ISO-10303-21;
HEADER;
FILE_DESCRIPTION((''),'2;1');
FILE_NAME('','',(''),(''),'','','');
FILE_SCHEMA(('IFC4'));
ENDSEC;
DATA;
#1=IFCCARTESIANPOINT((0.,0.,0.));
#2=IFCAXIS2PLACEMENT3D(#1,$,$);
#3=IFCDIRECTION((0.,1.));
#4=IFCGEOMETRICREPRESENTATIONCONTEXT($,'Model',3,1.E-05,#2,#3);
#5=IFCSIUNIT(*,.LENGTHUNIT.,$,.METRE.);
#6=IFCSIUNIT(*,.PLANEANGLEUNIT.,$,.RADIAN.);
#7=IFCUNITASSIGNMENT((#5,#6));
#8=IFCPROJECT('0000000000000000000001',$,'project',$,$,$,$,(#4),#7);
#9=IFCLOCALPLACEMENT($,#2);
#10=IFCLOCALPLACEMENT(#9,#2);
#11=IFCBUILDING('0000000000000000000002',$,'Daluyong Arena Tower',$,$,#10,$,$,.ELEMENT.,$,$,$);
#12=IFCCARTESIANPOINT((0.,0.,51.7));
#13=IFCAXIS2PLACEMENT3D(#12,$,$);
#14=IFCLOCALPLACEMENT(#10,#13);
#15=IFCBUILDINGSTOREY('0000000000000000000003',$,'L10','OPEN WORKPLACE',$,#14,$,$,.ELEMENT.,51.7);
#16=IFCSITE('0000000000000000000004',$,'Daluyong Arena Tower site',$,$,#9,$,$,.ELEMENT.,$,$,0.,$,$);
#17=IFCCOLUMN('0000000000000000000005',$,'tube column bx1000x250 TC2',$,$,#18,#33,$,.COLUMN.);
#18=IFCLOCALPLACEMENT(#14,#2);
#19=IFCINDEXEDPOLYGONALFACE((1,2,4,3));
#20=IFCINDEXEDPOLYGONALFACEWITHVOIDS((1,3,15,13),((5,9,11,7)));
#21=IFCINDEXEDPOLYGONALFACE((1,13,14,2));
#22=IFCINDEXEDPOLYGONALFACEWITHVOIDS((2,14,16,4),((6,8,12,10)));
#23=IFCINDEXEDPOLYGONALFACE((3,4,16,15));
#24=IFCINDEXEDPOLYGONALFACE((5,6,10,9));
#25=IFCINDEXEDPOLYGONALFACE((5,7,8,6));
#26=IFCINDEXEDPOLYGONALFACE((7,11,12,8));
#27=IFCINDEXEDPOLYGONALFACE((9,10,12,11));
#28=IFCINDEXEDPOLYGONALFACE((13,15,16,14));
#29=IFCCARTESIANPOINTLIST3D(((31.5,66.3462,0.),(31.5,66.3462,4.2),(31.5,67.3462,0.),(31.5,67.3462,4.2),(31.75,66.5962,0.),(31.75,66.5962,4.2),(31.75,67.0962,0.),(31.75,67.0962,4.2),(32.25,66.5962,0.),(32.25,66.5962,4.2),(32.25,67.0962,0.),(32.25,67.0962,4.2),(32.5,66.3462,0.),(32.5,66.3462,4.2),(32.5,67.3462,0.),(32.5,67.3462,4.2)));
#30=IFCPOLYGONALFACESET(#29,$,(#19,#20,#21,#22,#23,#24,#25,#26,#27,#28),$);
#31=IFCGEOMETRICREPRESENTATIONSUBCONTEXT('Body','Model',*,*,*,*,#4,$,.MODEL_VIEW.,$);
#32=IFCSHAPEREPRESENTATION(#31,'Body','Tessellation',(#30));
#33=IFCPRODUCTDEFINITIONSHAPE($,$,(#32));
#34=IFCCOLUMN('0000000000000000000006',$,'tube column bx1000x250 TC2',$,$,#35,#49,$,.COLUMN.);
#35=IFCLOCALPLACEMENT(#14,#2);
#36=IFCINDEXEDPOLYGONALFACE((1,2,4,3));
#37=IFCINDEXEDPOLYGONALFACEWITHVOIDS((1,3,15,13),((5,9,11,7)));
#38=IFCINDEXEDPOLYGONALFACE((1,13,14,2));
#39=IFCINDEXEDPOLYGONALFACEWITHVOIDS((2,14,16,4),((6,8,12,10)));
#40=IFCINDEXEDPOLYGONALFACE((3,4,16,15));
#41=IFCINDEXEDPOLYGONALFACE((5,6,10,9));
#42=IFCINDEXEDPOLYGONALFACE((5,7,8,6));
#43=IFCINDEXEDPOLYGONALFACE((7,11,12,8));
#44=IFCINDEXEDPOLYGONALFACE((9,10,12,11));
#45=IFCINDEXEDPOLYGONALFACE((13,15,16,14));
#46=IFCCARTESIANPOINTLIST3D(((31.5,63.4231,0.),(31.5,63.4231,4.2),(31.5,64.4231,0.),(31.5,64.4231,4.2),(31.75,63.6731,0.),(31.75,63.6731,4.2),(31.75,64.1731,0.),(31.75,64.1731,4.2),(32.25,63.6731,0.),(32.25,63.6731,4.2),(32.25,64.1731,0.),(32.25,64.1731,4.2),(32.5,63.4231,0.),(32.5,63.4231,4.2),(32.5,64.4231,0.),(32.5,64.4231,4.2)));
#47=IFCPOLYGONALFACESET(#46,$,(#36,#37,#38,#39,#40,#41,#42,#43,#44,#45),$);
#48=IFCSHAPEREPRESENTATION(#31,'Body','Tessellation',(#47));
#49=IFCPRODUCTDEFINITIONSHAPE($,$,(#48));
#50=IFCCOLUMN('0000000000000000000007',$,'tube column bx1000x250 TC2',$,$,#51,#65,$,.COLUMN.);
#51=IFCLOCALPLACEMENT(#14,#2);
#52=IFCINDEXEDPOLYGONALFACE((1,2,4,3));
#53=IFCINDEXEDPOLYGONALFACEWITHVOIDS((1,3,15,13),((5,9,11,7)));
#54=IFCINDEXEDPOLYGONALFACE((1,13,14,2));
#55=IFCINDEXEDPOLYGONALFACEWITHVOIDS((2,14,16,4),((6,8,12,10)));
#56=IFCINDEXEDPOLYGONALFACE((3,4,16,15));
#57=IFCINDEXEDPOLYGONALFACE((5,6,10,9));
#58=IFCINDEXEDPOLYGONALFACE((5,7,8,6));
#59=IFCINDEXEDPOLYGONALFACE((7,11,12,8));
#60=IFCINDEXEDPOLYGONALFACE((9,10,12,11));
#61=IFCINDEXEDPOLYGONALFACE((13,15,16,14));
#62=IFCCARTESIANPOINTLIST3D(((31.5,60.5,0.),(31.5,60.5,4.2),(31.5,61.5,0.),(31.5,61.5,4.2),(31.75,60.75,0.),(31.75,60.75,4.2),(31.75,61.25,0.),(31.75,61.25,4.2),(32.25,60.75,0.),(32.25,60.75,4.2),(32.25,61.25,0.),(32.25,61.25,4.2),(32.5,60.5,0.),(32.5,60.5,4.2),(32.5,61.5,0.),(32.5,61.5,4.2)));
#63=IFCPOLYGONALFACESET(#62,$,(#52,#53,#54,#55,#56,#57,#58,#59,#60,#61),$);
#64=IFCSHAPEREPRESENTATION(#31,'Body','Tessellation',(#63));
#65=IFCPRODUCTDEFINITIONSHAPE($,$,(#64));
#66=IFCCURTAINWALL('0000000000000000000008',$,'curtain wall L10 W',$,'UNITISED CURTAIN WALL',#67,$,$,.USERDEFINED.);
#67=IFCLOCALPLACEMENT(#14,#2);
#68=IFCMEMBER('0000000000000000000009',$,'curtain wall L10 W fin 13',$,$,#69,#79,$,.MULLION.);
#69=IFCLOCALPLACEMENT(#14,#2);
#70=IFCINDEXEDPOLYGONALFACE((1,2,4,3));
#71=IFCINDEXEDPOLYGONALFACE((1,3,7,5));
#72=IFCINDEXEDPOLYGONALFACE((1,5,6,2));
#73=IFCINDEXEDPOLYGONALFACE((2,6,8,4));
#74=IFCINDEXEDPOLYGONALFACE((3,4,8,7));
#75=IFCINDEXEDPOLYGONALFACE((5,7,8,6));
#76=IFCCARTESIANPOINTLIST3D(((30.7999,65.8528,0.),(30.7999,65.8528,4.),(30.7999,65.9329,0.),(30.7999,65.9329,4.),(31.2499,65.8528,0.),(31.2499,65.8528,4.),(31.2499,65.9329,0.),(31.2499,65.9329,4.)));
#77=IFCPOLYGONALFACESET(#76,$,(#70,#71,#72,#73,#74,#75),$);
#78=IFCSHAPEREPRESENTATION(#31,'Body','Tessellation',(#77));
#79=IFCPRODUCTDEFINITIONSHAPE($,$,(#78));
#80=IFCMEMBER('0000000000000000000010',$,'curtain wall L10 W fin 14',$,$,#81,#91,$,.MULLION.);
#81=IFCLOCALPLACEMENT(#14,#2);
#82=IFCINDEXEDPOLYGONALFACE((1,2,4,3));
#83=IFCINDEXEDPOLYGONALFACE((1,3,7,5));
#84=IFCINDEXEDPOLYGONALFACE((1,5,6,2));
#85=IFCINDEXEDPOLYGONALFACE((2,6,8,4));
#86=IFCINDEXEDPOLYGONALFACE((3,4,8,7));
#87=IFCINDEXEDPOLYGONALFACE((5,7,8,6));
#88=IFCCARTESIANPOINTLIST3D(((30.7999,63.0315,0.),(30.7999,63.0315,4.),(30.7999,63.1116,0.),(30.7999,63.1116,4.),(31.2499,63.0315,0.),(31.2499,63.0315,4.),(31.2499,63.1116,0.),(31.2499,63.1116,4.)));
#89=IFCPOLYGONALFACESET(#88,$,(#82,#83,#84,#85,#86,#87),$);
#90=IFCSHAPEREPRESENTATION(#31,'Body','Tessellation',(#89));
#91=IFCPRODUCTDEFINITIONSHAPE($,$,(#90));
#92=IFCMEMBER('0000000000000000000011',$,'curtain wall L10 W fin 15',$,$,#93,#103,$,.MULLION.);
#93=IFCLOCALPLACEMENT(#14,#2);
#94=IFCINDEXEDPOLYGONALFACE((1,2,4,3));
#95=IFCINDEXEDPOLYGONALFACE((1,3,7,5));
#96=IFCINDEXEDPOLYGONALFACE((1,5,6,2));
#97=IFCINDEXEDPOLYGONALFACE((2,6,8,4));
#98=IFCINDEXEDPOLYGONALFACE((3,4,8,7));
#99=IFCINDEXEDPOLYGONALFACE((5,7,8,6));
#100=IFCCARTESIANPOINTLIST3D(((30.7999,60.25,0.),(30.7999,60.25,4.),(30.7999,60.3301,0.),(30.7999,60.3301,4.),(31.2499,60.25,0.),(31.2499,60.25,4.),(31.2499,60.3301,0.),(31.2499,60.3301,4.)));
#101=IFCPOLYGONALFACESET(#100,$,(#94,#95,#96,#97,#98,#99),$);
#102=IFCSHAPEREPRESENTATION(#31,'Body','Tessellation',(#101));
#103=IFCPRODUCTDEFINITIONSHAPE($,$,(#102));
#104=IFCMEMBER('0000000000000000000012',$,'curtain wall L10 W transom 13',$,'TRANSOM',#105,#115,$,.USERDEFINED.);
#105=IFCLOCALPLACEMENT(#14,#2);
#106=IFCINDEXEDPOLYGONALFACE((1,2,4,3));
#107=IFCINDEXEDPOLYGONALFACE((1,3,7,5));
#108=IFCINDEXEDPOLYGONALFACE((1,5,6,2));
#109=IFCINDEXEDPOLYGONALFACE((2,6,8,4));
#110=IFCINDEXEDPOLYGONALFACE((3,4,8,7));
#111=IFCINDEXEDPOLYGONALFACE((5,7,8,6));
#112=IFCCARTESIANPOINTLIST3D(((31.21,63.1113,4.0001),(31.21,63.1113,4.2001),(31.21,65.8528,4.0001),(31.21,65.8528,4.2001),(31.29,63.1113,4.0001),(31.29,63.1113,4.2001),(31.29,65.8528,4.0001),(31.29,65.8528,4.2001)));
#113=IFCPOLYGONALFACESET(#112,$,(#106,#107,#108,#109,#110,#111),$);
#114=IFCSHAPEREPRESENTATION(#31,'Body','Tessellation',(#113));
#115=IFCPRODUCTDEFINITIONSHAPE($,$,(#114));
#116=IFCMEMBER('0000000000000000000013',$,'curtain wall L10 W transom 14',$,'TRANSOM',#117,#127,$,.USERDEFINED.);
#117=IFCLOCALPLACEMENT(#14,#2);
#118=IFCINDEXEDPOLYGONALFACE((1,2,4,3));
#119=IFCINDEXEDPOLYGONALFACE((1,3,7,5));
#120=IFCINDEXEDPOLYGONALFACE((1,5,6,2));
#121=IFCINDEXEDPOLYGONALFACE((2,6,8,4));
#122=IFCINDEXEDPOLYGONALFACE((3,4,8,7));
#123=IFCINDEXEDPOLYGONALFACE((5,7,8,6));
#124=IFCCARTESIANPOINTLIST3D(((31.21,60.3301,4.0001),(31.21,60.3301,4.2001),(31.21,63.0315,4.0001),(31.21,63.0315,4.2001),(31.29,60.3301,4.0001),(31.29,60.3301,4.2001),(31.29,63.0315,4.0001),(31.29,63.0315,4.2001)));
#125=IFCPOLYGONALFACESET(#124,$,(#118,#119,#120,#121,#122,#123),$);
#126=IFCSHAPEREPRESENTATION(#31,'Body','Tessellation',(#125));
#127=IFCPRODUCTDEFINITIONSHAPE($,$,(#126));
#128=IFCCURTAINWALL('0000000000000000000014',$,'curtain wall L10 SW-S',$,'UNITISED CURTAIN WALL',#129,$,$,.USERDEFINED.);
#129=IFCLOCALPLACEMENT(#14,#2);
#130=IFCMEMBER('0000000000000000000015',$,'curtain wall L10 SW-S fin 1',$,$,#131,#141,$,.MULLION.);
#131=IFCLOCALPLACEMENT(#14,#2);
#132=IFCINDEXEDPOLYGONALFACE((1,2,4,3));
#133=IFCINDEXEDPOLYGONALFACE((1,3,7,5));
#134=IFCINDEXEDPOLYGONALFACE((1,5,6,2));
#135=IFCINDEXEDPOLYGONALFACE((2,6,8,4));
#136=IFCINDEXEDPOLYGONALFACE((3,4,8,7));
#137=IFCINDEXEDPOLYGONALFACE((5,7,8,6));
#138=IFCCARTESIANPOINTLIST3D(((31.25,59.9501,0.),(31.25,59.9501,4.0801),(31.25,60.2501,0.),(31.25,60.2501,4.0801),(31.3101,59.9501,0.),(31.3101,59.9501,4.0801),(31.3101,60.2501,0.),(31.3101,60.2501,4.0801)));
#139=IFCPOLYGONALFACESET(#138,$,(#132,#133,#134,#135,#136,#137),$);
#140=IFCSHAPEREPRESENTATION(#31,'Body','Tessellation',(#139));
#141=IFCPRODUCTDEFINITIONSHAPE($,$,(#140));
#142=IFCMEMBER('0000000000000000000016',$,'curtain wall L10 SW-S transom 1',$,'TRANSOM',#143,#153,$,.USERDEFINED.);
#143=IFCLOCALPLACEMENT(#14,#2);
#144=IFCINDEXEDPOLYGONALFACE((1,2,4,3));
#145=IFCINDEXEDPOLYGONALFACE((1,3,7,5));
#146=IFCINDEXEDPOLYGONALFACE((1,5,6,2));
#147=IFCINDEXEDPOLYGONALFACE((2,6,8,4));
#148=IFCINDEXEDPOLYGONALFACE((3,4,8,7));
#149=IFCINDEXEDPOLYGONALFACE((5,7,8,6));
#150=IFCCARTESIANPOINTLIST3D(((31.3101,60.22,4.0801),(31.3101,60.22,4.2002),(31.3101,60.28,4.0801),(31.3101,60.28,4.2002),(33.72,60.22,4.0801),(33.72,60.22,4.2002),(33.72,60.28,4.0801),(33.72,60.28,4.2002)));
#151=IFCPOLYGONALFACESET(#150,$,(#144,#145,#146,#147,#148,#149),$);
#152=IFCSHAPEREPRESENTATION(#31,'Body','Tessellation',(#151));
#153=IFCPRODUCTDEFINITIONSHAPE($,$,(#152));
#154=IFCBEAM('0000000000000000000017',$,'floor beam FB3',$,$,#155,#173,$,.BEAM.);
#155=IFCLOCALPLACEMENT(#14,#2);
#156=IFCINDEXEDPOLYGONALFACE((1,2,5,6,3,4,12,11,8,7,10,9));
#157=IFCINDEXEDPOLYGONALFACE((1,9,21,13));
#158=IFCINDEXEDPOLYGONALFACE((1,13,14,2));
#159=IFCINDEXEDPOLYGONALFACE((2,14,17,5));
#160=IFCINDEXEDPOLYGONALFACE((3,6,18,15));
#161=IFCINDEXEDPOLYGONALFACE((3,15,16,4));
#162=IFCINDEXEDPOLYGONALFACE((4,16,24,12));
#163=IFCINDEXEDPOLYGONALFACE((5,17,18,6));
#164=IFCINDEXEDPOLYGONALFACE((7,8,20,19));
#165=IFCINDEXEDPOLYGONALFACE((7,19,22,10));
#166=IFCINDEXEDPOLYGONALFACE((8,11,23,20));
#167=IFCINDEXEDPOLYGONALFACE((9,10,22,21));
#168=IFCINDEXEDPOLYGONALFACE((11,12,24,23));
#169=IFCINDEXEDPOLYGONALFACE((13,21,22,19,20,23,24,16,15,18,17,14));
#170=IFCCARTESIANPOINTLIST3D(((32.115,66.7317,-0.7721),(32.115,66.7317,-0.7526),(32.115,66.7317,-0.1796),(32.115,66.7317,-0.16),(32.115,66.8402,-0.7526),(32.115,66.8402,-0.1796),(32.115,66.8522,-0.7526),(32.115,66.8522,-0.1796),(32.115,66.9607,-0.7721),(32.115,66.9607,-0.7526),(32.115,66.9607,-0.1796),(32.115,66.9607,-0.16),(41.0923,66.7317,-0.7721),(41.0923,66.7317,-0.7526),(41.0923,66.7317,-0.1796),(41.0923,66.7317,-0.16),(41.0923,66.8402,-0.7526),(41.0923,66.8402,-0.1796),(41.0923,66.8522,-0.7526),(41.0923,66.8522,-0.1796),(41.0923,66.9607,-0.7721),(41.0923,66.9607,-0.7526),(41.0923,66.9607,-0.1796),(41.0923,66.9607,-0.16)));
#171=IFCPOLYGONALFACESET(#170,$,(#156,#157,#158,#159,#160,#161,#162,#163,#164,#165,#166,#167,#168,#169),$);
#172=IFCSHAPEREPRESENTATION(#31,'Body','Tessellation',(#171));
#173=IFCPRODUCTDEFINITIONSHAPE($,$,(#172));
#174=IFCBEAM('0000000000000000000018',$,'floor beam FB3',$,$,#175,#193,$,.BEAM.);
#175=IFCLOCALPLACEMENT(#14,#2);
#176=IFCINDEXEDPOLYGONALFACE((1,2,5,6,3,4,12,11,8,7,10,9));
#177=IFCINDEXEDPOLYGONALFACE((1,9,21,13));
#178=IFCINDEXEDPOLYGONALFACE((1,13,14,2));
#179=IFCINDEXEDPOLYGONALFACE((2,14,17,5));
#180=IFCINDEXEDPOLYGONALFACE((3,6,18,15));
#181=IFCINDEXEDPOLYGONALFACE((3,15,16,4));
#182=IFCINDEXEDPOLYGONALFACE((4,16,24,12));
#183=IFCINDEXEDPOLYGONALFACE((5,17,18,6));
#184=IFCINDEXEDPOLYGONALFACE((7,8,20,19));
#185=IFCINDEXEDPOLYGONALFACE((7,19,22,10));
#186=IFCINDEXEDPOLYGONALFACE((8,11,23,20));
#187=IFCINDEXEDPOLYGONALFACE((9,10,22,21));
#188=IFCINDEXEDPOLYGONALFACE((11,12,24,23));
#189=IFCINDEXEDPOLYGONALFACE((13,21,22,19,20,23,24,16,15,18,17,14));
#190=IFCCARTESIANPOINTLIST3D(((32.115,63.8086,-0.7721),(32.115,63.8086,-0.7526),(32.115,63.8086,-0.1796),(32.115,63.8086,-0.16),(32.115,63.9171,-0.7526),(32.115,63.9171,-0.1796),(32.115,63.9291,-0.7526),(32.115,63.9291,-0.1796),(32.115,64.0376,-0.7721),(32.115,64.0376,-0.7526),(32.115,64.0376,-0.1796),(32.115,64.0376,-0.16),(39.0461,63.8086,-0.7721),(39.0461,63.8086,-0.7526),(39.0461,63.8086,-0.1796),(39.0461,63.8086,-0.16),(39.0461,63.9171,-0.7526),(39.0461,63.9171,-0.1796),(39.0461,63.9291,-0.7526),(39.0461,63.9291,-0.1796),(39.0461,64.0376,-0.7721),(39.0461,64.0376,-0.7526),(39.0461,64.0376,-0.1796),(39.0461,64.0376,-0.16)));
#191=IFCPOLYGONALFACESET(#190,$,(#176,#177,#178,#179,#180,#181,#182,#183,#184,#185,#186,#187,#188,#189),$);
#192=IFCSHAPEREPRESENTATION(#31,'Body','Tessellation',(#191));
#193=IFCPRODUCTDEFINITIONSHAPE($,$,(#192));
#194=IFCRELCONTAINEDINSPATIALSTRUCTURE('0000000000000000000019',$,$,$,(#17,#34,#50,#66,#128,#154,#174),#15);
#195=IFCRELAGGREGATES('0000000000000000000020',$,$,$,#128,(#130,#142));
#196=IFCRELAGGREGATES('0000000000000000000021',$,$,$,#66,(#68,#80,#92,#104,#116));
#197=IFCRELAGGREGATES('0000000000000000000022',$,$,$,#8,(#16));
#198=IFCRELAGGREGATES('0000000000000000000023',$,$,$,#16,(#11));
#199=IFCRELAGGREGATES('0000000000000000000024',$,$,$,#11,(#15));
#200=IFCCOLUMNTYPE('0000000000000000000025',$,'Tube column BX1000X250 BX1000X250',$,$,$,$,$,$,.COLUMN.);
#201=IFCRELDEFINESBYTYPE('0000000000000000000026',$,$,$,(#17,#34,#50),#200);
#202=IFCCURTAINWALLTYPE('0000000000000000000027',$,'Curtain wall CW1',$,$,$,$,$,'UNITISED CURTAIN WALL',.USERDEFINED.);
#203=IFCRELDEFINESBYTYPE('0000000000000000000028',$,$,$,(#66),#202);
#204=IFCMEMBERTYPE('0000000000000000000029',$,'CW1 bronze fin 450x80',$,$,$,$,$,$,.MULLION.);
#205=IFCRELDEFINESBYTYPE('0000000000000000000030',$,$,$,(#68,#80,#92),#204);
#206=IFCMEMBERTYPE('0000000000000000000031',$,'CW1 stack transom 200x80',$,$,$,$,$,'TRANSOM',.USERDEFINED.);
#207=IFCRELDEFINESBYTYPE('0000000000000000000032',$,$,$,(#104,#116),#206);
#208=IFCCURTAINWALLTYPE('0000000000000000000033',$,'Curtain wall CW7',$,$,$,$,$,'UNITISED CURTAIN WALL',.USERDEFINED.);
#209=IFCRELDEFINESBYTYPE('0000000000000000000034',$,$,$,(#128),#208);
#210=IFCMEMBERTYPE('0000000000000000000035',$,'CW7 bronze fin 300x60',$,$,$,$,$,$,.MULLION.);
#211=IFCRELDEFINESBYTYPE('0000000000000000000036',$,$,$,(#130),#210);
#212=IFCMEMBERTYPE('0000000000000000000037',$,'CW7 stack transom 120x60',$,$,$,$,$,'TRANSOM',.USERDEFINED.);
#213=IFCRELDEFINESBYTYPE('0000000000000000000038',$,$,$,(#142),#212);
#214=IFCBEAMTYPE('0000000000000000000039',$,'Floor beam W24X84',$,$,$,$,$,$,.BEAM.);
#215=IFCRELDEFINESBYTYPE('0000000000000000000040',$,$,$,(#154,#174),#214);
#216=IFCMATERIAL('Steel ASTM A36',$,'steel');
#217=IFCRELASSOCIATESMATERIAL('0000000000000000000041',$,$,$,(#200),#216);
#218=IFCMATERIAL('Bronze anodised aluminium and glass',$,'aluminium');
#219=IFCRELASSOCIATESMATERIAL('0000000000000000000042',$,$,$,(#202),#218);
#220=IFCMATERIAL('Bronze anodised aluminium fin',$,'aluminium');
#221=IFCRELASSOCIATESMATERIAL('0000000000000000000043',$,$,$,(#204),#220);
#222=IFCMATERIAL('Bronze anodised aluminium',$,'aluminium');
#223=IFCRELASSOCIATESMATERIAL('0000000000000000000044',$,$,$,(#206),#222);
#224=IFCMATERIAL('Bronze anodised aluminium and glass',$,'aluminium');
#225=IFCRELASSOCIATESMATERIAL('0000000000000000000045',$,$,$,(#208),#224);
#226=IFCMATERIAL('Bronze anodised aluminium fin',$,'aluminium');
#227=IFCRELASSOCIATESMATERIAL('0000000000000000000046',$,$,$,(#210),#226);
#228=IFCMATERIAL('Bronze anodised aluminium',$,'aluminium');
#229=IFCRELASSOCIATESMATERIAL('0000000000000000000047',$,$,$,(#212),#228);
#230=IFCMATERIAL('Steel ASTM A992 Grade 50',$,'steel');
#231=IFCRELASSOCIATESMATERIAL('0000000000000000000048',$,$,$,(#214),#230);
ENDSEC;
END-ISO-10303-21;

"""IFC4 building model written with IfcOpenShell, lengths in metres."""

from ifc_helpers import new_model, si_unit, direction, frame, origin, origin_2d, place, context, subcontext, project, spatial, rectangle, hollow_rectangle, i_section, extrude, material, material_profile, profile_set, type_object, element, aggregate, save


model = new_model("IFC4")

# Units and contexts
model_context = context("Model", 3, precision=1e-05, world=origin(), true_north=direction((0.0, 1.0)))
body_context = subcontext(model_context, "Body", "Model", "MODEL_VIEW")
ifc_project = project(units=[si_unit("LENGTHUNIT", "METRE"), si_unit("PLANEANGLEUNIT", "RADIAN")], contexts=[model_context])

# Site, building, storey
site_placement = place(None, origin())
site = spatial("IfcSite", under=ifc_project, at=site_placement, Name="Daluyong Arena Tower site", CompositionType="ELEMENT", RefElevation=0.0)
building_placement = place(site_placement, origin())
building = spatial("IfcBuilding", under=site, at=building_placement, Name="Daluyong Arena Tower", CompositionType="ELEMENT")
storey_placement = place(building_placement, frame((0.0, 0.0, 51.7)))
storey = spatial("IfcBuildingStorey", under=building, at=storey_placement, Name="L10", Description="OPEN WORKPLACE", CompositionType="ELEMENT", Elevation=51.7)

# Columns
ifc_material_1 = material(Name="Steel ASTM A36", Category="steel")
ifc_material_profile_1 = material_profile(ifc_material_1, hollow_rectangle(XDim=1.0, YDim=1.0, WallThickness=0.25, at=origin_2d()))
ifc_profile_set_1 = profile_set([ifc_material_profile_1], Name="Steel ASTM A36")
column_type = type_object("IfcColumnType", Name="Tube column BX1000X250 BX1000X250", PredefinedType="COLUMN", material=ifc_profile_set_1)
for number, where, z_axis, x_axis, name in (
    (1, (32.0, 66.8462, 0.0), (0.0, 0.0, 1.0), (0.0, 1.0, 0.0), "tube column bx1000x250 TC2"),
    (2, (32.0, 63.9231, 0.0), (0.0, 0.0, 1.0), (0.0, 1.0, 0.0), "tube column bx1000x250 TC2"),
    (3, (32.0, 61.0, 0.0), (0.0, 0.0, 1.0), (1.0, 0.0, 0.0), "tube column bx1000x250 TC2"),
):
    element("IfcColumn", number, at=place(storey_placement, frame(where, z_axis=z_axis, x_axis=x_axis)), inside=storey, type_object=column_type, Name=name, PredefinedType="COLUMN", context=body_context, shape_type="SweptSolid", body=[
        extrude(hollow_rectangle(XDim=1.0, YDim=1.0, WallThickness=0.25, at=origin_2d()), origin(), (0.0, 0.0, 1.0), 4.2),
    ])

# Curtain walls, members
ifc_material_2 = material(Name="Bronze anodised aluminium and glass", Category="aluminium")
curtain_wall_type_1 = type_object("IfcCurtainWallType", Name="Curtain wall CW1", ElementType="UNITISED CURTAIN WALL", PredefinedType="USERDEFINED", material=ifc_material_2)
curtain_wall_1_placement = place(storey_placement, origin())
curtain_wall_1 = element("IfcCurtainWall", 4, at=curtain_wall_1_placement, inside=storey, type_object=curtain_wall_type_1, Name="curtain wall L10 W", ObjectType="UNITISED CURTAIN WALL", PredefinedType="USERDEFINED")
ifc_material_3 = material(Name="Bronze anodised aluminium fin", Category="aluminium")
ifc_material_profile_2 = material_profile(ifc_material_3, rectangle(XDim=0.45, YDim=0.0801, at=origin_2d()))
ifc_profile_set_2 = profile_set([ifc_material_profile_2], Name="Bronze anodised aluminium fin")
member_type_1 = type_object("IfcMemberType", Name="CW1 bronze fin 450x80", PredefinedType="MULLION", material=ifc_profile_set_2)
member_1_placement = place(storey_placement, frame((31.0249, 65.8928, 0.0), z_axis=(0.0, 0.0, 1.0), x_axis=(1.0, 0.0, 0.0)))
member_1 = element("IfcMember", 5, at=member_1_placement, type_object=member_type_1, Name="curtain wall L10 W fin 13", PredefinedType="MULLION", context=body_context, shape_type="SweptSolid", body=[
    extrude(rectangle(XDim=0.45, YDim=0.0801, at=origin_2d()), origin(), (0.0, 0.0, 1.0), 4.0),
])
member_2_placement = place(storey_placement, frame((31.0249, 63.0715, 0.0), z_axis=(0.0, 0.0, 1.0), x_axis=(1.0, 0.0, 0.0)))
member_2 = element("IfcMember", 6, at=member_2_placement, type_object=member_type_1, Name="curtain wall L10 W fin 14", PredefinedType="MULLION", context=body_context, shape_type="SweptSolid", body=[
    extrude(rectangle(XDim=0.45, YDim=0.0801, at=origin_2d()), origin(), (0.0, 0.0, 1.0), 4.0),
])
member_3_placement = place(storey_placement, frame((31.0249, 60.29, 0.0), z_axis=(0.0, 0.0, 1.0), x_axis=(1.0, 0.0, 0.0)))
member_3 = element("IfcMember", 7, at=member_3_placement, type_object=member_type_1, Name="curtain wall L10 W fin 15", PredefinedType="MULLION", context=body_context, shape_type="SweptSolid", body=[
    extrude(rectangle(XDim=0.45, YDim=0.0801, at=origin_2d()), origin(), (0.0, 0.0, 1.0), 4.0),
])
ifc_material_4 = material(Name="Bronze anodised aluminium", Category="aluminium")
ifc_material_profile_3 = material_profile(ifc_material_4, rectangle(XDim=0.0801, YDim=0.2, at=origin_2d()))
ifc_profile_set_3 = profile_set([ifc_material_profile_3], Name="Bronze anodised aluminium")
member_type_2 = type_object("IfcMemberType", Name="CW1 stack transom 200x80", ElementType="TRANSOM", PredefinedType="USERDEFINED", material=ifc_profile_set_3)
member_4_placement = place(storey_placement, frame((31.25, 65.8528, 4.1001), z_axis=(0.0, -1.0, 0.0), x_axis=(1.0, 0.0, 0.0)))
member_4 = element("IfcMember", 8, at=member_4_placement, type_object=member_type_2, Name="curtain wall L10 W transom 13", ObjectType="TRANSOM", PredefinedType="USERDEFINED", context=body_context, shape_type="SweptSolid", body=[
    extrude(rectangle(XDim=0.0801, YDim=0.2, at=origin_2d()), origin(), (0.0, 0.0, 1.0), 2.7415),
])
member_5_placement = place(storey_placement, frame((31.25, 63.0315, 4.1001), z_axis=(0.0, -1.0, 0.0), x_axis=(1.0, 0.0, 0.0)))
member_5 = element("IfcMember", 9, at=member_5_placement, type_object=member_type_2, Name="curtain wall L10 W transom 14", ObjectType="TRANSOM", PredefinedType="USERDEFINED", context=body_context, shape_type="SweptSolid", body=[
    extrude(rectangle(XDim=0.0801, YDim=0.2, at=origin_2d()), origin(), (0.0, 0.0, 1.0), 2.7014),
])
ifc_material_5 = material(Name="Bronze anodised aluminium and glass", Category="aluminium")
curtain_wall_type_2 = type_object("IfcCurtainWallType", Name="Curtain wall CW7", ElementType="UNITISED CURTAIN WALL", PredefinedType="USERDEFINED", material=ifc_material_5)
curtain_wall_2_placement = place(storey_placement, origin())
curtain_wall_2 = element("IfcCurtainWall", 10, at=curtain_wall_2_placement, inside=storey, type_object=curtain_wall_type_2, Name="curtain wall L10 SW-S", ObjectType="UNITISED CURTAIN WALL", PredefinedType="USERDEFINED")
ifc_material_6 = material(Name="Bronze anodised aluminium fin", Category="aluminium")
ifc_material_profile_4 = material_profile(ifc_material_6, rectangle(XDim=0.3, YDim=0.0601, at=origin_2d()))
ifc_profile_set_4 = profile_set([ifc_material_profile_4], Name="Bronze anodised aluminium fin")
member_type_3 = type_object("IfcMemberType", Name="CW7 bronze fin 300x60", PredefinedType="MULLION", material=ifc_profile_set_4)
member_6_placement = place(storey_placement, frame((31.28, 60.1001, 0.0), z_axis=(0.0, 0.0, 1.0), x_axis=(0.0, 1.0, 0.0)))
member_6 = element("IfcMember", 11, at=member_6_placement, type_object=member_type_3, Name="curtain wall L10 SW-S fin 1", PredefinedType="MULLION", context=body_context, shape_type="SweptSolid", body=[
    extrude(rectangle(XDim=0.3, YDim=0.0601, at=origin_2d()), origin(), (0.0, 0.0, 1.0), 4.0801),
])
ifc_material_7 = material(Name="Bronze anodised aluminium", Category="aluminium")
ifc_material_profile_5 = material_profile(ifc_material_7, rectangle(XDim=0.0601, YDim=0.1201, at=origin_2d()))
ifc_profile_set_5 = profile_set([ifc_material_profile_5], Name="Bronze anodised aluminium")
member_type_4 = type_object("IfcMemberType", Name="CW7 stack transom 120x60", ElementType="TRANSOM", PredefinedType="USERDEFINED", material=ifc_profile_set_5)
member_7_placement = place(storey_placement, frame((31.3101, 60.25, 4.1401), z_axis=(1.0, 0.0, 0.0), x_axis=(0.0, 1.0, 0.0)))
member_7 = element("IfcMember", 12, at=member_7_placement, type_object=member_type_4, Name="curtain wall L10 SW-S transom 1", ObjectType="TRANSOM", PredefinedType="USERDEFINED", context=body_context, shape_type="SweptSolid", body=[
    extrude(rectangle(XDim=0.0601, YDim=0.1201, at=origin_2d()), origin(), (0.0, 0.0, 1.0), 2.4099),
])
aggregate(curtain_wall_2, [member_6, member_7])

# Beams
ifc_material_8 = material(Name="Steel ASTM A992 Grade 50", Category="steel")
ifc_material_profile_6 = material_profile(ifc_material_8, i_section(OverallWidth=0.229, OverallDepth=0.6121, WebThickness=0.012, FlangeThickness=0.0195, at=origin_2d()))
ifc_profile_set_6 = profile_set([ifc_material_profile_6], Name="Steel ASTM A992 Grade 50")
beam_type_1 = type_object("IfcBeamType", Name="Floor beam W24X84", PredefinedType="BEAM", material=ifc_profile_set_6)
beam_1_placement = place(storey_placement, frame((32.115, 66.8462, -0.4661), z_axis=(1.0, 0.0, 0.0), x_axis=(0.0, 1.0, 0.0)))
element("IfcBeam", 13, at=beam_1_placement, inside=storey, type_object=beam_type_1, Name="floor beam FB3", PredefinedType="BEAM", context=body_context, shape_type="SweptSolid", body=[
    extrude(i_section(OverallWidth=0.229, OverallDepth=0.6121, WebThickness=0.012, FlangeThickness=0.0195, at=origin_2d()), origin(), (0.0, 0.0, 1.0), 8.9773),
])
beam_2_placement = place(storey_placement, frame((32.115, 63.9231, -0.4661), z_axis=(1.0, 0.0, 0.0), x_axis=(0.0, 1.0, 0.0)))
element("IfcBeam", 14, at=beam_2_placement, inside=storey, type_object=beam_type_1, Name="floor beam FB3", PredefinedType="BEAM", context=body_context, shape_type="SweptSolid", body=[
    extrude(i_section(OverallWidth=0.229, OverallDepth=0.6121, WebThickness=0.012, FlangeThickness=0.0195, at=origin_2d()), origin(), (0.0, 0.0, 1.0), 6.9312),
])

aggregate(curtain_wall_1, [member_1, member_2, member_3, member_4, member_5])

save(model, "model.ifc")
